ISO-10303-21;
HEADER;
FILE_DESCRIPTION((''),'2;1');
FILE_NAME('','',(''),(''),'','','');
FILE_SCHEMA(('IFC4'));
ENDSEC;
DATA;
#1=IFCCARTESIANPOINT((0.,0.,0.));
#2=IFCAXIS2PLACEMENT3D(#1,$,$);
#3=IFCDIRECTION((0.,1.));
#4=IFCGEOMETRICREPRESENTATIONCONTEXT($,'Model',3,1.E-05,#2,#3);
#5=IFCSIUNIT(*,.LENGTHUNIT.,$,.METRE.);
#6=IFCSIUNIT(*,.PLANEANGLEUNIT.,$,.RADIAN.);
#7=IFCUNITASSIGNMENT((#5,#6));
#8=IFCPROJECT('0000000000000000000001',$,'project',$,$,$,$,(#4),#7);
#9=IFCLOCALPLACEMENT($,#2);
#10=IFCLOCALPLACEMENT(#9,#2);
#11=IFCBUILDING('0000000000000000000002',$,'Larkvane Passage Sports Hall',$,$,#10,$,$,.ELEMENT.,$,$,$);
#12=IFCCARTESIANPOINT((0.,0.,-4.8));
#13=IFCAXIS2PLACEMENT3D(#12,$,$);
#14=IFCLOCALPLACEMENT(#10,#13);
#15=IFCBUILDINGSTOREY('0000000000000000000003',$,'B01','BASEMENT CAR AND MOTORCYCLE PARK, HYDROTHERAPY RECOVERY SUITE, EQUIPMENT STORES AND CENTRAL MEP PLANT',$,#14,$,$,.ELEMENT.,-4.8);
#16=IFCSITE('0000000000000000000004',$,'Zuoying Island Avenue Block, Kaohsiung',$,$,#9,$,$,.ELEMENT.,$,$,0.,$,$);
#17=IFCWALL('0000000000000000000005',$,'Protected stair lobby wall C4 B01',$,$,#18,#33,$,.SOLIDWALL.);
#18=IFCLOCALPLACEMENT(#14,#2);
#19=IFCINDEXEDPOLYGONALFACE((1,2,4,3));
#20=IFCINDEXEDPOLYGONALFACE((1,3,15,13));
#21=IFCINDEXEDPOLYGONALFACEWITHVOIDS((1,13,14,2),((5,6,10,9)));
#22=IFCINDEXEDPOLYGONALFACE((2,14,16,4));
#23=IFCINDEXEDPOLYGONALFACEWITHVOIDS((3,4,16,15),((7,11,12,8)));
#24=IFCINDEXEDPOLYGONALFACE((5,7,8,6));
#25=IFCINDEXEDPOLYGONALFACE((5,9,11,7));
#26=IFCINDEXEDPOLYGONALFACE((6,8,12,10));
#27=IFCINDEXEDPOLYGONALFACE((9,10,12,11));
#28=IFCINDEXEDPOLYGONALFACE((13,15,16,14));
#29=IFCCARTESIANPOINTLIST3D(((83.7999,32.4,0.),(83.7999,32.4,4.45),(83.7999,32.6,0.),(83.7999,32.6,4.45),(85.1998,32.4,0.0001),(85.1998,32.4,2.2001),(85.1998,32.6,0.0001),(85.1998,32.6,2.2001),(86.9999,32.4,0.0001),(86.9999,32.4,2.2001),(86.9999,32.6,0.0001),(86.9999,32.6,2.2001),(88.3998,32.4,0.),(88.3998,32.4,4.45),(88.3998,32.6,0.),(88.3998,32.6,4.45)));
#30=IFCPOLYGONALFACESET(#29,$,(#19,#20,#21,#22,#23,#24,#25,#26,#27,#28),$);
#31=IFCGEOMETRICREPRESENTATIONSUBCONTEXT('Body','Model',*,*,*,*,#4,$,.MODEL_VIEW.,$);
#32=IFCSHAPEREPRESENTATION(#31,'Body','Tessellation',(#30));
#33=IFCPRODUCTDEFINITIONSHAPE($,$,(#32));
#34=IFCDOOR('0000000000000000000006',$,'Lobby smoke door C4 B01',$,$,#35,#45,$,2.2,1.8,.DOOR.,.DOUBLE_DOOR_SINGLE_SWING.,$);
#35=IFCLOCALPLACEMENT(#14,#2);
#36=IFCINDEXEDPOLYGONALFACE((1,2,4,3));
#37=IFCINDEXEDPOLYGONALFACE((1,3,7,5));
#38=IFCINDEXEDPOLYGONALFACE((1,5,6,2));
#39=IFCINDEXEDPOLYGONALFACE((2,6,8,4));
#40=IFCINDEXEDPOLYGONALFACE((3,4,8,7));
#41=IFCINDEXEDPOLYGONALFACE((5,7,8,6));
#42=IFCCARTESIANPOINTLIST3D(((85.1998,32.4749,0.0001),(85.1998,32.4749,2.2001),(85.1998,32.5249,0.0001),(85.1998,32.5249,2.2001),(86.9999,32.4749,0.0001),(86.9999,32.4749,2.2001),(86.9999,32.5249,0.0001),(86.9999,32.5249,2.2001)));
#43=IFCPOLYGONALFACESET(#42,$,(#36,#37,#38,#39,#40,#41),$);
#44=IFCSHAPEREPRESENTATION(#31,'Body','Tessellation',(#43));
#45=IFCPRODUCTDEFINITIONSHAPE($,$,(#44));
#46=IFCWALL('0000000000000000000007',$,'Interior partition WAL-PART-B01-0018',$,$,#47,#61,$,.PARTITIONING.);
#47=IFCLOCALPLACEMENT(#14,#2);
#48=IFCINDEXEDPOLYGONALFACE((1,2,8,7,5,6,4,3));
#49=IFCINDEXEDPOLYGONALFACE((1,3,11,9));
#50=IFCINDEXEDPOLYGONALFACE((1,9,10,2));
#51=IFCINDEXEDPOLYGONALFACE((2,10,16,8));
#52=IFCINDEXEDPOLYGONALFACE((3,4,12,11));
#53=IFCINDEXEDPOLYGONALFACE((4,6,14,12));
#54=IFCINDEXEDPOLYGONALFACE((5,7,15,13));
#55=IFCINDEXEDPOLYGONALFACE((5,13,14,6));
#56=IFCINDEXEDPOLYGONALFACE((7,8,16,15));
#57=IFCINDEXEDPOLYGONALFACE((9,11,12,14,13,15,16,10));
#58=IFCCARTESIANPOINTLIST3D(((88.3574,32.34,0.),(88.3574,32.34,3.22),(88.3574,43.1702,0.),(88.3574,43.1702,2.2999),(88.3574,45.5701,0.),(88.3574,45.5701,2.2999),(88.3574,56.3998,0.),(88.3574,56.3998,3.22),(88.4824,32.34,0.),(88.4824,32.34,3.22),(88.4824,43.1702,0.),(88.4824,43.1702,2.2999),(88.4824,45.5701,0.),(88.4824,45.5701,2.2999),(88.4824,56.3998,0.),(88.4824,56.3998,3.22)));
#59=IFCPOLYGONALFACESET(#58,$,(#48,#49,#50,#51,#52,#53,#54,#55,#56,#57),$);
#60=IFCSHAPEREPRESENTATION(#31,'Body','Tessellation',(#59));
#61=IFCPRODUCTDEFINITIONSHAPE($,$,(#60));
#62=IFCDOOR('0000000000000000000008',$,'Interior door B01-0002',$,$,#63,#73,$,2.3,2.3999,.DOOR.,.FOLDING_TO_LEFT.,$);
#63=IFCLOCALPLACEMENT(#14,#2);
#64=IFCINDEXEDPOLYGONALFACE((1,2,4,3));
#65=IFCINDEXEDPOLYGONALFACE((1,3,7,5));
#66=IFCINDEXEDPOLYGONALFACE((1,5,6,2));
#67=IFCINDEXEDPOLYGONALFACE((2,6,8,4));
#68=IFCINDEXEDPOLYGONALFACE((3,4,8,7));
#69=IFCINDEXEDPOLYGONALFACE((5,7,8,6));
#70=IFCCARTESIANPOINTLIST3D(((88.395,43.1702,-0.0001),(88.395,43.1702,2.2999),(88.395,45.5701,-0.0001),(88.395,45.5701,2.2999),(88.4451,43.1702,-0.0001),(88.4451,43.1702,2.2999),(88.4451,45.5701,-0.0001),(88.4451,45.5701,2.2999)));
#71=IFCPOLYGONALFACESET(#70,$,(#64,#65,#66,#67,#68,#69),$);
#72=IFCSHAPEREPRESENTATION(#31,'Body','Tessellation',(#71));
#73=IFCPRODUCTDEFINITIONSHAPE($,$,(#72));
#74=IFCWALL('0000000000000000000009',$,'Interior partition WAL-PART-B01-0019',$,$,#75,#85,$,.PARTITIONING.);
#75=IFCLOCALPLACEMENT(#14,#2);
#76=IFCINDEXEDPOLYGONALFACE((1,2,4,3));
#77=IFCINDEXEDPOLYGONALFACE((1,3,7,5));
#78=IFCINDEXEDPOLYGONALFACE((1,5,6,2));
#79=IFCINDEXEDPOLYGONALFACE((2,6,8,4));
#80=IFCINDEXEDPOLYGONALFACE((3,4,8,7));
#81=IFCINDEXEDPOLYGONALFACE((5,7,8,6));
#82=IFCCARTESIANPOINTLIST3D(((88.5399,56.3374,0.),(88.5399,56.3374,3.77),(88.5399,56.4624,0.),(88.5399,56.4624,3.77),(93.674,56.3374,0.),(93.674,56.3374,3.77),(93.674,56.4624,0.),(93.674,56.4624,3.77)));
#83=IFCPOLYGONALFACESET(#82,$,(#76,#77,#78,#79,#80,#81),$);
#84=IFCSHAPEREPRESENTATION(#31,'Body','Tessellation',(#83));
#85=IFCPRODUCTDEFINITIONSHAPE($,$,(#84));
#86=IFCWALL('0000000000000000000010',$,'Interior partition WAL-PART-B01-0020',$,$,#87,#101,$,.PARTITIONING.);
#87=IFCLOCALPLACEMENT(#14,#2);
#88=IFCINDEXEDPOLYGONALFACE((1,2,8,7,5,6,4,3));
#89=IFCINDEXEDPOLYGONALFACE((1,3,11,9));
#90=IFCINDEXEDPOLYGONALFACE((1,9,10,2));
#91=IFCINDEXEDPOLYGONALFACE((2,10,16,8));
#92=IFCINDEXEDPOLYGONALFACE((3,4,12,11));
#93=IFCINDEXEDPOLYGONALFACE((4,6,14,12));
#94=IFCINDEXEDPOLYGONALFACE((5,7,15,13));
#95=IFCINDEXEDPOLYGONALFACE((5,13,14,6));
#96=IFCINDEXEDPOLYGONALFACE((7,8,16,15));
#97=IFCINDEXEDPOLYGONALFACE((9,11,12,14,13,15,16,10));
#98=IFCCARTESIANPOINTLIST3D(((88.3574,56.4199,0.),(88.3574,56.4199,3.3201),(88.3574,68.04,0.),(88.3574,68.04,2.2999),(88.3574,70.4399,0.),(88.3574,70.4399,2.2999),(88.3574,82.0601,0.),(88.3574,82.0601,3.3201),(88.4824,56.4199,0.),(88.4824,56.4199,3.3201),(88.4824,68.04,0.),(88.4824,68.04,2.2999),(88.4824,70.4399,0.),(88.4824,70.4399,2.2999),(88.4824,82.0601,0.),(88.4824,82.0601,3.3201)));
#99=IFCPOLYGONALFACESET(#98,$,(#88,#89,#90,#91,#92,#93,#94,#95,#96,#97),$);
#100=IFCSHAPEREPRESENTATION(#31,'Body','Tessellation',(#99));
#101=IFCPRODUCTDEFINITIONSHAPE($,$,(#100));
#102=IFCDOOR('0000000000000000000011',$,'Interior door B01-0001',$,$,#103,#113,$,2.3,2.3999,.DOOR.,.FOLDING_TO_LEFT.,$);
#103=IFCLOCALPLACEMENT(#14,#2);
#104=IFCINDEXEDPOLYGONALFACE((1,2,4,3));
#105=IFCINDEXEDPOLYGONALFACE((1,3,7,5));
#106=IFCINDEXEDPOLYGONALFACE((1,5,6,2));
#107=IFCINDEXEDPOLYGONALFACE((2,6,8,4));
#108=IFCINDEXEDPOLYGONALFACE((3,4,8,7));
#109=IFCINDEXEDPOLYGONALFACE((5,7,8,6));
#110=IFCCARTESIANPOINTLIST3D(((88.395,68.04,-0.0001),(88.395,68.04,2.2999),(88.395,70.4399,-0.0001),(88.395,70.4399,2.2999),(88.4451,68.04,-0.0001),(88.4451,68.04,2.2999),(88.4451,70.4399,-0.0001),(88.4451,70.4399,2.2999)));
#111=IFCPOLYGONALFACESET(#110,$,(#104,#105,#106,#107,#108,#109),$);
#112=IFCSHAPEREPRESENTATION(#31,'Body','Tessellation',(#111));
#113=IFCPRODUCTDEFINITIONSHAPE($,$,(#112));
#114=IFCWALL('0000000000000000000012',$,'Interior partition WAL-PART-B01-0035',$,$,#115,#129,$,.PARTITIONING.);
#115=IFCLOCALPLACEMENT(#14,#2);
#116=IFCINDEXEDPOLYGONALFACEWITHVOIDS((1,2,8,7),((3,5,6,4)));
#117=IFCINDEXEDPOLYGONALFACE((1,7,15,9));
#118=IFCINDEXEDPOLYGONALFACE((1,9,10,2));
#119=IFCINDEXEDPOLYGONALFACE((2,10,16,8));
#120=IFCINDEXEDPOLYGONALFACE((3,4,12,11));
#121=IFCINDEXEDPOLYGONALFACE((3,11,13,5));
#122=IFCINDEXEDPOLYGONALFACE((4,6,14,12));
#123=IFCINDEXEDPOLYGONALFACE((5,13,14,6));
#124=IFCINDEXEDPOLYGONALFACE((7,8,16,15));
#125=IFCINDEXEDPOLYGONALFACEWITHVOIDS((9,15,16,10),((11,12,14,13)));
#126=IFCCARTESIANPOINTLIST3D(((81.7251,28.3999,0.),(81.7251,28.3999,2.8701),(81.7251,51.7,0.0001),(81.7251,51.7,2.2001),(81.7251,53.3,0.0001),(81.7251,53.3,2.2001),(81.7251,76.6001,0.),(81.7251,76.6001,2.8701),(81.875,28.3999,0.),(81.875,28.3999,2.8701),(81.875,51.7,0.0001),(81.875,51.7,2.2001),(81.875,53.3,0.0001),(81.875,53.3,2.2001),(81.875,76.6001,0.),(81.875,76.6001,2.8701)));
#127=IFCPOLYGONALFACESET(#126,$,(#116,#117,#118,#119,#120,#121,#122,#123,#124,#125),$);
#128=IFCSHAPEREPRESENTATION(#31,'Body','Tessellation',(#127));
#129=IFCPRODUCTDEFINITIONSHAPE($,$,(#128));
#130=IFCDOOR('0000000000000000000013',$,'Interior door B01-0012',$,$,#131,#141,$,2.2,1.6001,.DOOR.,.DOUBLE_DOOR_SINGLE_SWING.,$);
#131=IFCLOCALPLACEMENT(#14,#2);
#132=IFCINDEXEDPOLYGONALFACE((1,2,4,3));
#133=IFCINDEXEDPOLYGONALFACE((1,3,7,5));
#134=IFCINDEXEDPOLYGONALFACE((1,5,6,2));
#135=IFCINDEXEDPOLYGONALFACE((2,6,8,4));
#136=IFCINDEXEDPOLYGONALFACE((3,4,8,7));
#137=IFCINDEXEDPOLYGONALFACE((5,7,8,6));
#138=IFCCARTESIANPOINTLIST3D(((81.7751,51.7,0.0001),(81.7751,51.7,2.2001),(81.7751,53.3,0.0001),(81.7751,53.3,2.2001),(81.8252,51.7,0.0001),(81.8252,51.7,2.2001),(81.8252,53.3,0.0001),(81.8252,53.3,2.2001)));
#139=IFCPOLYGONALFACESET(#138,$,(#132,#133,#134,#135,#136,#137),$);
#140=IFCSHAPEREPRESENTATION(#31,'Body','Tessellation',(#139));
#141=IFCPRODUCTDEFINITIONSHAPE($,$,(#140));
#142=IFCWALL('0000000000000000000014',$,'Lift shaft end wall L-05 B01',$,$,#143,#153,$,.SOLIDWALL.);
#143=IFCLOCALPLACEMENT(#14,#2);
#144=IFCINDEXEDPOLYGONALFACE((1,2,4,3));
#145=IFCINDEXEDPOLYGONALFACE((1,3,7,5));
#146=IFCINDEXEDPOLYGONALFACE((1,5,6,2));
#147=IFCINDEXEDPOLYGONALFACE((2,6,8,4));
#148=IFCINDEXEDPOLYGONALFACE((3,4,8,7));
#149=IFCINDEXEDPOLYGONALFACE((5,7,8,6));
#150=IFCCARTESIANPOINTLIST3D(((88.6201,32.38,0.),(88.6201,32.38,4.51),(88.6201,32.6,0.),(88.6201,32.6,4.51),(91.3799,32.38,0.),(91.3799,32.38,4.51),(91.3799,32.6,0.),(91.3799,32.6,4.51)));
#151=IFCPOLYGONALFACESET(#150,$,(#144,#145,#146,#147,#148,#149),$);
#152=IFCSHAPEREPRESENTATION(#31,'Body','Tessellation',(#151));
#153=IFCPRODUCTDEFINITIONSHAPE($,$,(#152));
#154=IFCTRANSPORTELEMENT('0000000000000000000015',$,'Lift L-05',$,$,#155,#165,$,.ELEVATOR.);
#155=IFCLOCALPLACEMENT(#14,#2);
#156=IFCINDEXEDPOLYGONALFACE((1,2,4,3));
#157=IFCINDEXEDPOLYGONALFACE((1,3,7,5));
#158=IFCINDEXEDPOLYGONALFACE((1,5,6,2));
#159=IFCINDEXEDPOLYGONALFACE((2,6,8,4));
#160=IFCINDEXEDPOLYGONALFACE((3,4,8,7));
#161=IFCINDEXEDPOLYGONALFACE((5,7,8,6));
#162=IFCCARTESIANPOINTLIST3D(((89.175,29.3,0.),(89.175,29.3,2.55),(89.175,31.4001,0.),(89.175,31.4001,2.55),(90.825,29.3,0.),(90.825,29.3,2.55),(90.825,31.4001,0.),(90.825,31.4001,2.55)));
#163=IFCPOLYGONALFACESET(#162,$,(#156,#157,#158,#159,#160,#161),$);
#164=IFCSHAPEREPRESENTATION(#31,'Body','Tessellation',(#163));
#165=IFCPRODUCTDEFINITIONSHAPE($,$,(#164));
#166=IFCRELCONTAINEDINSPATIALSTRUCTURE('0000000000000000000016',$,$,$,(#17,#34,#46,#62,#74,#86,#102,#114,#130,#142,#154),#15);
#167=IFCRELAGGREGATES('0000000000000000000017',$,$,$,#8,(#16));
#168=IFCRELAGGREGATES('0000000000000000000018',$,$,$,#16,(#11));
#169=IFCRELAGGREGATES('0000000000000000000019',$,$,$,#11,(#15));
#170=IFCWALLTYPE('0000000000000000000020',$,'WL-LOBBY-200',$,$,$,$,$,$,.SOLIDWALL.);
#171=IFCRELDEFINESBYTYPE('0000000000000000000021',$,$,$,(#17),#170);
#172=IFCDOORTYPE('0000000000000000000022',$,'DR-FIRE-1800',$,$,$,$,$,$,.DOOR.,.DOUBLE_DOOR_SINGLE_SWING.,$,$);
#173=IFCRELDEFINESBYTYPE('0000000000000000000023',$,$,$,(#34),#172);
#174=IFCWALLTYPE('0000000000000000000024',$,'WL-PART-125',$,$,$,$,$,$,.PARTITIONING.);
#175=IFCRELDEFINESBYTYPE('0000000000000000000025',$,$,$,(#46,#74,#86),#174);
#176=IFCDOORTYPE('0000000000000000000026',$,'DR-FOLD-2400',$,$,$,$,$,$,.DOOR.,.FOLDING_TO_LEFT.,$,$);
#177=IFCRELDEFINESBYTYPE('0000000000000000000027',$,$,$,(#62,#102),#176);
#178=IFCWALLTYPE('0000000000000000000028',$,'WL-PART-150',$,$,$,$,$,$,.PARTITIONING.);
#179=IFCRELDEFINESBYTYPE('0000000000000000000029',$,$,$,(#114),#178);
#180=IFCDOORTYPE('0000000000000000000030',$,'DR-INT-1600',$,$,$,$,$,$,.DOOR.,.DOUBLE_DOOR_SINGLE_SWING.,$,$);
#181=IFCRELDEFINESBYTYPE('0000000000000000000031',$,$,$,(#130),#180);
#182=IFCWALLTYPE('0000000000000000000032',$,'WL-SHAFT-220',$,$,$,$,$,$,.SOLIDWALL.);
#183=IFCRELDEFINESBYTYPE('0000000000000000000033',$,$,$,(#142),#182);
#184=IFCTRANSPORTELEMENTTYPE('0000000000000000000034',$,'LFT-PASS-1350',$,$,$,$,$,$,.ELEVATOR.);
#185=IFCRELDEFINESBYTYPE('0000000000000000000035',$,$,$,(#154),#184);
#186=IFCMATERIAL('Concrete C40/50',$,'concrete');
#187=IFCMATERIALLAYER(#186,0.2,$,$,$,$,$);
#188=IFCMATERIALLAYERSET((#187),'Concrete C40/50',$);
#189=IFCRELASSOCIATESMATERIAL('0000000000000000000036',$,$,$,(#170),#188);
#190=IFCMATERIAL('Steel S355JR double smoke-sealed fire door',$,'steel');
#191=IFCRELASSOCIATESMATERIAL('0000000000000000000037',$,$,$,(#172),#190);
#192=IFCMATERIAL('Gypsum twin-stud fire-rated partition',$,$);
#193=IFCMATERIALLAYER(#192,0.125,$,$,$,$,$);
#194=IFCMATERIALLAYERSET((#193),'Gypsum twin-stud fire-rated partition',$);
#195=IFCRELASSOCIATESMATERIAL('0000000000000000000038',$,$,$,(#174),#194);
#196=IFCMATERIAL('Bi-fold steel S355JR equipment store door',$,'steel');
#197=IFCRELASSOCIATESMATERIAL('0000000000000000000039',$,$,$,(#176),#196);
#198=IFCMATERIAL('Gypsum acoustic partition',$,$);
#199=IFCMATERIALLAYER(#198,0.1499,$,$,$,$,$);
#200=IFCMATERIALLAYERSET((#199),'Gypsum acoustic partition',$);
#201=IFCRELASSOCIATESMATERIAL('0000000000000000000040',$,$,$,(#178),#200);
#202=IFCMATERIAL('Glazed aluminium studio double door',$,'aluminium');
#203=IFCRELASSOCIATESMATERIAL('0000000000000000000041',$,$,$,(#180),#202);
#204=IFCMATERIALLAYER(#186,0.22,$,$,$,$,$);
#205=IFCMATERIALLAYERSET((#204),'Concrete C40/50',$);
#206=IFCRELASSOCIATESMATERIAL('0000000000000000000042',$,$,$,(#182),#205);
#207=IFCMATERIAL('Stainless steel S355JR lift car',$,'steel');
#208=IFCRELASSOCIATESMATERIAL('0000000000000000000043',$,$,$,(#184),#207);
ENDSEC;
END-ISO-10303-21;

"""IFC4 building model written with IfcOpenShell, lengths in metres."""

from ifc_helpers import new_model, si_unit, direction, frame, frame_2d, origin, origin_2d, place, context, subcontext, project, spatial, rectangle, extrude, material, layer, layer_set, type_object, element, fill, save


model = new_model("IFC4")

# Units and contexts
model_context = context("Model", 3, precision=1e-05, world=origin(), true_north=direction((0.0, 1.0)))
body_context = subcontext(model_context, "Body", "Model", "MODEL_VIEW")
ifc_project = project(units=[si_unit("LENGTHUNIT", "METRE"), si_unit("PLANEANGLEUNIT", "RADIAN")], contexts=[model_context])

# Site, building, storey
site_placement = place(None, origin())
site = spatial("IfcSite", under=ifc_project, at=site_placement, Name="Zuoying Island Avenue Block, Kaohsiung", CompositionType="ELEMENT", RefElevation=0.0)
building_placement = place(site_placement, origin())
building = spatial("IfcBuilding", under=site, at=building_placement, Name="Larkvane Passage Sports Hall", CompositionType="ELEMENT")
storey_placement = place(building_placement, frame((0.0, 0.0, -4.8)))
storey = spatial("IfcBuildingStorey", under=building, at=storey_placement, Name="B01", Description="BASEMENT CAR AND MOTORCYCLE PARK, HYDROTHERAPY RECOVERY SUITE, EQUIPMENT STORES AND CENTRAL MEP PLANT", CompositionType="ELEMENT", Elevation=-4.8)

# Shared definitions
ifc_material_1 = material(Name="Concrete C40/50", Category="concrete")

# Walls, openings, doors
ifc_layer_1 = layer(ifc_material_1, 0.2)
ifc_layer_set_1 = layer_set([ifc_layer_1], Name="Concrete C40/50")
wall_type_1 = type_object("IfcWallType", Name="WL-LOBBY-200", PredefinedType="SOLIDWALL", material=ifc_layer_set_1)
wall_1_placement = place(storey_placement, frame((83.8, 32.5, 0.0), z_axis=(0.0, 0.0, 1.0), x_axis=(1.0, 0.0, 0.0)))
wall_1 = element("IfcWall", 1, at=wall_1_placement, inside=storey, type_object=wall_type_1, Name="Protected stair lobby wall C4 B01", PredefinedType="SOLIDWALL", context=body_context, shape_type="SweptSolid", body=[
    extrude(rectangle(XDim=4.5999, YDim=0.2, at=frame_2d((2.2998, 0.0))), origin(), (0.0, 0.0, 1.0), 4.45),
])
opening_1_placement = place(wall_1_placement, frame((1.3999, 0.0, 0.0)))
opening_1 = element("IfcOpeningElement", 2, at=opening_1_placement, cuts=wall_1, PredefinedType="OPENING", context=body_context, shape_type="SweptSolid", body=[
    extrude(rectangle(XDim=1.8, YDim=2.2, at=frame_2d((0.8999, 1.1001))), frame((0.0, 0.1099, 0.0), z_axis=(0.0, -1.0, 0.0), x_axis=(1.0, 0.0, 0.0)), (0.0, 0.0, 1.0), 0.22),
])
ifc_material_2 = material(Name="Steel S355JR double smoke-sealed fire door", Category="steel")
door_type_1 = type_object("IfcDoorType", Name="DR-FIRE-1800", OperationType="DOUBLE_DOOR_SINGLE_SWING", PredefinedType="DOOR", material=ifc_material_2)
door_1_placement = place(opening_1_placement, origin())
door_1 = element("IfcDoor", 3, at=door_1_placement, inside=storey, type_object=door_type_1, Name="Lobby smoke door C4 B01", OperationType="DOUBLE_DOOR_SINGLE_SWING", OverallHeight=2.2, OverallWidth=1.8, PredefinedType="DOOR", context=body_context, shape_type="SweptSolid", body=[
    extrude(rectangle(XDim=1.8, YDim=2.2, at=frame_2d((0.8999, 1.1001))), frame((0.0, 0.0249, 0.0), z_axis=(0.0, -1.0, 0.0), x_axis=(1.0, 0.0, 0.0)), (0.0, 0.0, 1.0), 0.05),
])
fill(opening_1, door_1)
ifc_material_3 = material(Name="Gypsum twin-stud fire-rated partition")
ifc_layer_2 = layer(ifc_material_3, 0.125)
ifc_layer_set_2 = layer_set([ifc_layer_2], Name="Gypsum twin-stud fire-rated partition")
wall_type_2 = type_object("IfcWallType", Name="WL-PART-125", PredefinedType="PARTITIONING", material=ifc_layer_set_2)
wall_2_placement = place(storey_placement, frame((88.4199, 32.3401, 0.0), z_axis=(0.0, 0.0, 1.0), x_axis=(0.0, 1.0, 0.0)))
wall_2 = element("IfcWall", 4, at=wall_2_placement, inside=storey, type_object=wall_type_2, Name="Interior partition WAL-PART-B01-0018", PredefinedType="PARTITIONING", context=body_context, shape_type="SweptSolid", body=[
    extrude(rectangle(XDim=24.0598, YDim=0.125, at=frame_2d((12.0298, 0.0))), origin(), (0.0, 0.0, 1.0), 3.22),
])
opening_2_placement = place(wall_2_placement, frame((10.8301, 0.0, 0.0)))
opening_2 = element("IfcOpeningElement", 5, at=opening_2_placement, cuts=wall_2, PredefinedType="OPENING", context=body_context, shape_type="SweptSolid", body=[
    extrude(rectangle(XDim=2.3999, YDim=2.3, at=frame_2d((1.2, 1.1499))), frame((0.0, 0.0725, 0.0), z_axis=(0.0, -1.0, 0.0), x_axis=(1.0, 0.0, 0.0)), (0.0, 0.0, 1.0), 0.145),
])
ifc_material_4 = material(Name="Bi-fold steel S355JR equipment store door", Category="steel")
door_type_2 = type_object("IfcDoorType", Name="DR-FOLD-2400", OperationType="FOLDING_TO_LEFT", PredefinedType="DOOR", material=ifc_material_4)
door_2_placement = place(opening_2_placement, origin())
door_2 = element("IfcDoor", 6, at=door_2_placement, inside=storey, type_object=door_type_2, Name="Interior door B01-0002", OperationType="FOLDING_TO_LEFT", OverallHeight=2.3, OverallWidth=2.3999, PredefinedType="DOOR", context=body_context, shape_type="SweptSolid", body=[
    extrude(rectangle(XDim=2.3999, YDim=2.3, at=frame_2d((1.2, 1.1499))), frame((0.0, 0.0249, 0.0), z_axis=(0.0, -1.0, 0.0), x_axis=(1.0, 0.0, 0.0)), (0.0, 0.0, 1.0), 0.05),
])
fill(opening_2, door_2)

# Wall
wall_3_placement = place(storey_placement, frame((88.54, 56.3999, 0.0), z_axis=(0.0, 0.0, 1.0), x_axis=(1.0, 0.0, 0.0)))
element("IfcWall", 7, at=wall_3_placement, inside=storey, type_object=wall_type_2, Name="Interior partition WAL-PART-B01-0019", PredefinedType="PARTITIONING", context=body_context, shape_type="SweptSolid", body=[
    extrude(rectangle(XDim=5.134, YDim=0.125, at=frame_2d((2.5669, 0.0))), origin(), (0.0, 0.0, 1.0), 3.77),
])

# Walls, openings, doors
wall_4_placement = place(storey_placement, frame((88.4199, 56.4199, 0.0), z_axis=(0.0, 0.0, 1.0), x_axis=(0.0, 1.0, 0.0)))
wall_4 = element("IfcWall", 8, at=wall_4_placement, inside=storey, type_object=wall_type_2, Name="Interior partition WAL-PART-B01-0020", PredefinedType="PARTITIONING", context=body_context, shape_type="SweptSolid", body=[
    extrude(rectangle(XDim=25.6401, YDim=0.125, at=frame_2d((12.8201, 0.0))), origin(), (0.0, 0.0, 1.0), 3.3201),
])
opening_3_placement = place(wall_4_placement, frame((11.6201, 0.0, 0.0)))
opening_3 = element("IfcOpeningElement", 9, at=opening_3_placement, cuts=wall_4, PredefinedType="OPENING", context=body_context, shape_type="SweptSolid", body=[
    extrude(rectangle(XDim=2.3999, YDim=2.3, at=frame_2d((1.2, 1.1499))), frame((0.0, 0.0725, 0.0), z_axis=(0.0, -1.0, 0.0), x_axis=(1.0, 0.0, 0.0)), (0.0, 0.0, 1.0), 0.145),
])
door_3_placement = place(opening_3_placement, origin())
door_3 = element("IfcDoor", 10, at=door_3_placement, inside=storey, type_object=door_type_2, Name="Interior door B01-0001", OperationType="FOLDING_TO_LEFT", OverallHeight=2.3, OverallWidth=2.3999, PredefinedType="DOOR", context=body_context, shape_type="SweptSolid", body=[
    extrude(rectangle(XDim=2.3999, YDim=2.3, at=frame_2d((1.2, 1.1499))), frame((0.0, 0.0249, 0.0), z_axis=(0.0, -1.0, 0.0), x_axis=(1.0, 0.0, 0.0)), (0.0, 0.0, 1.0), 0.05),
])
fill(opening_3, door_3)
ifc_material_5 = material(Name="Gypsum acoustic partition")
ifc_layer_3 = layer(ifc_material_5, 0.1499)
ifc_layer_set_3 = layer_set([ifc_layer_3], Name="Gypsum acoustic partition")
wall_type_3 = type_object("IfcWallType", Name="WL-PART-150", PredefinedType="PARTITIONING", material=ifc_layer_set_3)
wall_5_placement = place(storey_placement, frame((81.8, 28.3999, 0.0), z_axis=(0.0, 0.0, 1.0), x_axis=(0.0, 1.0, 0.0)))
wall_5 = element("IfcWall", 11, at=wall_5_placement, inside=storey, type_object=wall_type_3, Name="Interior partition WAL-PART-B01-0035", PredefinedType="PARTITIONING", context=body_context, shape_type="SweptSolid", body=[
    extrude(rectangle(XDim=48.2002, YDim=0.1499, at=frame_2d((24.1001, 0.0))), origin(), (0.0, 0.0, 1.0), 2.8701),
])
opening_4_placement = place(wall_5_placement, frame((23.3, 0.0, 0.0)))
opening_4 = element("IfcOpeningElement", 12, at=opening_4_placement, cuts=wall_5, PredefinedType="OPENING", context=body_context, shape_type="SweptSolid", body=[
    extrude(rectangle(XDim=1.6001, YDim=2.2, at=frame_2d((0.8, 1.1001))), frame((0.0, 0.085, 0.0), z_axis=(0.0, -1.0, 0.0), x_axis=(1.0, 0.0, 0.0)), (0.0, 0.0, 1.0), 0.1699),
])
ifc_material_6 = material(Name="Glazed aluminium studio double door", Category="aluminium")
door_type_3 = type_object("IfcDoorType", Name="DR-INT-1600", OperationType="DOUBLE_DOOR_SINGLE_SWING", PredefinedType="DOOR", material=ifc_material_6)
door_4_placement = place(opening_4_placement, origin())
door_4 = element("IfcDoor", 13, at=door_4_placement, inside=storey, type_object=door_type_3, Name="Interior door B01-0012", OperationType="DOUBLE_DOOR_SINGLE_SWING", OverallHeight=2.2, OverallWidth=1.6001, PredefinedType="DOOR", context=body_context, shape_type="SweptSolid", body=[
    extrude(rectangle(XDim=1.6001, YDim=2.2, at=frame_2d((0.8, 1.1001))), frame((0.0, 0.0249, 0.0), z_axis=(0.0, -1.0, 0.0), x_axis=(1.0, 0.0, 0.0)), (0.0, 0.0, 1.0), 0.05),
])
fill(opening_4, door_4)

# Wall
ifc_layer_4 = layer(ifc_material_1, 0.22)
ifc_layer_set_4 = layer_set([ifc_layer_4], Name="Concrete C40/50")
wall_type_4 = type_object("IfcWallType", Name="WL-SHAFT-220", PredefinedType="SOLIDWALL", material=ifc_layer_set_4)
wall_6_placement = place(storey_placement, frame((88.6201, 32.49, 0.0), z_axis=(0.0, 0.0, 1.0), x_axis=(1.0, 0.0, 0.0)))
element("IfcWall", 14, at=wall_6_placement, inside=storey, type_object=wall_type_4, Name="Lift shaft end wall L-05 B01", PredefinedType="SOLIDWALL", context=body_context, shape_type="SweptSolid", body=[
    extrude(rectangle(XDim=2.7598, YDim=0.22, at=frame_2d((1.3799, 0.0))), origin(), (0.0, 0.0, 1.0), 4.51),
])

# Transport element
ifc_material_7 = material(Name="Stainless steel S355JR lift car", Category="steel")
transport_element_type = type_object("IfcTransportElementType", Name="LFT-PASS-1350", PredefinedType="ELEVATOR", material=ifc_material_7)
transport_element_placement = place(storey_placement, frame((90.0, 30.3501, 0.0), z_axis=(0.0, 0.0, 1.0), x_axis=(1.0, 0.0, 0.0)))
element("IfcTransportElement", 15, at=transport_element_placement, inside=storey, type_object=transport_element_type, Name="Lift L-05", PredefinedType="ELEVATOR", context=body_context, shape_type="SweptSolid", body=[
    extrude(rectangle(XDim=1.6499, YDim=2.1001, at=origin_2d()), origin(), (0.0, 0.0, 1.0), 2.55),
])

save(model, "model.ifc")
